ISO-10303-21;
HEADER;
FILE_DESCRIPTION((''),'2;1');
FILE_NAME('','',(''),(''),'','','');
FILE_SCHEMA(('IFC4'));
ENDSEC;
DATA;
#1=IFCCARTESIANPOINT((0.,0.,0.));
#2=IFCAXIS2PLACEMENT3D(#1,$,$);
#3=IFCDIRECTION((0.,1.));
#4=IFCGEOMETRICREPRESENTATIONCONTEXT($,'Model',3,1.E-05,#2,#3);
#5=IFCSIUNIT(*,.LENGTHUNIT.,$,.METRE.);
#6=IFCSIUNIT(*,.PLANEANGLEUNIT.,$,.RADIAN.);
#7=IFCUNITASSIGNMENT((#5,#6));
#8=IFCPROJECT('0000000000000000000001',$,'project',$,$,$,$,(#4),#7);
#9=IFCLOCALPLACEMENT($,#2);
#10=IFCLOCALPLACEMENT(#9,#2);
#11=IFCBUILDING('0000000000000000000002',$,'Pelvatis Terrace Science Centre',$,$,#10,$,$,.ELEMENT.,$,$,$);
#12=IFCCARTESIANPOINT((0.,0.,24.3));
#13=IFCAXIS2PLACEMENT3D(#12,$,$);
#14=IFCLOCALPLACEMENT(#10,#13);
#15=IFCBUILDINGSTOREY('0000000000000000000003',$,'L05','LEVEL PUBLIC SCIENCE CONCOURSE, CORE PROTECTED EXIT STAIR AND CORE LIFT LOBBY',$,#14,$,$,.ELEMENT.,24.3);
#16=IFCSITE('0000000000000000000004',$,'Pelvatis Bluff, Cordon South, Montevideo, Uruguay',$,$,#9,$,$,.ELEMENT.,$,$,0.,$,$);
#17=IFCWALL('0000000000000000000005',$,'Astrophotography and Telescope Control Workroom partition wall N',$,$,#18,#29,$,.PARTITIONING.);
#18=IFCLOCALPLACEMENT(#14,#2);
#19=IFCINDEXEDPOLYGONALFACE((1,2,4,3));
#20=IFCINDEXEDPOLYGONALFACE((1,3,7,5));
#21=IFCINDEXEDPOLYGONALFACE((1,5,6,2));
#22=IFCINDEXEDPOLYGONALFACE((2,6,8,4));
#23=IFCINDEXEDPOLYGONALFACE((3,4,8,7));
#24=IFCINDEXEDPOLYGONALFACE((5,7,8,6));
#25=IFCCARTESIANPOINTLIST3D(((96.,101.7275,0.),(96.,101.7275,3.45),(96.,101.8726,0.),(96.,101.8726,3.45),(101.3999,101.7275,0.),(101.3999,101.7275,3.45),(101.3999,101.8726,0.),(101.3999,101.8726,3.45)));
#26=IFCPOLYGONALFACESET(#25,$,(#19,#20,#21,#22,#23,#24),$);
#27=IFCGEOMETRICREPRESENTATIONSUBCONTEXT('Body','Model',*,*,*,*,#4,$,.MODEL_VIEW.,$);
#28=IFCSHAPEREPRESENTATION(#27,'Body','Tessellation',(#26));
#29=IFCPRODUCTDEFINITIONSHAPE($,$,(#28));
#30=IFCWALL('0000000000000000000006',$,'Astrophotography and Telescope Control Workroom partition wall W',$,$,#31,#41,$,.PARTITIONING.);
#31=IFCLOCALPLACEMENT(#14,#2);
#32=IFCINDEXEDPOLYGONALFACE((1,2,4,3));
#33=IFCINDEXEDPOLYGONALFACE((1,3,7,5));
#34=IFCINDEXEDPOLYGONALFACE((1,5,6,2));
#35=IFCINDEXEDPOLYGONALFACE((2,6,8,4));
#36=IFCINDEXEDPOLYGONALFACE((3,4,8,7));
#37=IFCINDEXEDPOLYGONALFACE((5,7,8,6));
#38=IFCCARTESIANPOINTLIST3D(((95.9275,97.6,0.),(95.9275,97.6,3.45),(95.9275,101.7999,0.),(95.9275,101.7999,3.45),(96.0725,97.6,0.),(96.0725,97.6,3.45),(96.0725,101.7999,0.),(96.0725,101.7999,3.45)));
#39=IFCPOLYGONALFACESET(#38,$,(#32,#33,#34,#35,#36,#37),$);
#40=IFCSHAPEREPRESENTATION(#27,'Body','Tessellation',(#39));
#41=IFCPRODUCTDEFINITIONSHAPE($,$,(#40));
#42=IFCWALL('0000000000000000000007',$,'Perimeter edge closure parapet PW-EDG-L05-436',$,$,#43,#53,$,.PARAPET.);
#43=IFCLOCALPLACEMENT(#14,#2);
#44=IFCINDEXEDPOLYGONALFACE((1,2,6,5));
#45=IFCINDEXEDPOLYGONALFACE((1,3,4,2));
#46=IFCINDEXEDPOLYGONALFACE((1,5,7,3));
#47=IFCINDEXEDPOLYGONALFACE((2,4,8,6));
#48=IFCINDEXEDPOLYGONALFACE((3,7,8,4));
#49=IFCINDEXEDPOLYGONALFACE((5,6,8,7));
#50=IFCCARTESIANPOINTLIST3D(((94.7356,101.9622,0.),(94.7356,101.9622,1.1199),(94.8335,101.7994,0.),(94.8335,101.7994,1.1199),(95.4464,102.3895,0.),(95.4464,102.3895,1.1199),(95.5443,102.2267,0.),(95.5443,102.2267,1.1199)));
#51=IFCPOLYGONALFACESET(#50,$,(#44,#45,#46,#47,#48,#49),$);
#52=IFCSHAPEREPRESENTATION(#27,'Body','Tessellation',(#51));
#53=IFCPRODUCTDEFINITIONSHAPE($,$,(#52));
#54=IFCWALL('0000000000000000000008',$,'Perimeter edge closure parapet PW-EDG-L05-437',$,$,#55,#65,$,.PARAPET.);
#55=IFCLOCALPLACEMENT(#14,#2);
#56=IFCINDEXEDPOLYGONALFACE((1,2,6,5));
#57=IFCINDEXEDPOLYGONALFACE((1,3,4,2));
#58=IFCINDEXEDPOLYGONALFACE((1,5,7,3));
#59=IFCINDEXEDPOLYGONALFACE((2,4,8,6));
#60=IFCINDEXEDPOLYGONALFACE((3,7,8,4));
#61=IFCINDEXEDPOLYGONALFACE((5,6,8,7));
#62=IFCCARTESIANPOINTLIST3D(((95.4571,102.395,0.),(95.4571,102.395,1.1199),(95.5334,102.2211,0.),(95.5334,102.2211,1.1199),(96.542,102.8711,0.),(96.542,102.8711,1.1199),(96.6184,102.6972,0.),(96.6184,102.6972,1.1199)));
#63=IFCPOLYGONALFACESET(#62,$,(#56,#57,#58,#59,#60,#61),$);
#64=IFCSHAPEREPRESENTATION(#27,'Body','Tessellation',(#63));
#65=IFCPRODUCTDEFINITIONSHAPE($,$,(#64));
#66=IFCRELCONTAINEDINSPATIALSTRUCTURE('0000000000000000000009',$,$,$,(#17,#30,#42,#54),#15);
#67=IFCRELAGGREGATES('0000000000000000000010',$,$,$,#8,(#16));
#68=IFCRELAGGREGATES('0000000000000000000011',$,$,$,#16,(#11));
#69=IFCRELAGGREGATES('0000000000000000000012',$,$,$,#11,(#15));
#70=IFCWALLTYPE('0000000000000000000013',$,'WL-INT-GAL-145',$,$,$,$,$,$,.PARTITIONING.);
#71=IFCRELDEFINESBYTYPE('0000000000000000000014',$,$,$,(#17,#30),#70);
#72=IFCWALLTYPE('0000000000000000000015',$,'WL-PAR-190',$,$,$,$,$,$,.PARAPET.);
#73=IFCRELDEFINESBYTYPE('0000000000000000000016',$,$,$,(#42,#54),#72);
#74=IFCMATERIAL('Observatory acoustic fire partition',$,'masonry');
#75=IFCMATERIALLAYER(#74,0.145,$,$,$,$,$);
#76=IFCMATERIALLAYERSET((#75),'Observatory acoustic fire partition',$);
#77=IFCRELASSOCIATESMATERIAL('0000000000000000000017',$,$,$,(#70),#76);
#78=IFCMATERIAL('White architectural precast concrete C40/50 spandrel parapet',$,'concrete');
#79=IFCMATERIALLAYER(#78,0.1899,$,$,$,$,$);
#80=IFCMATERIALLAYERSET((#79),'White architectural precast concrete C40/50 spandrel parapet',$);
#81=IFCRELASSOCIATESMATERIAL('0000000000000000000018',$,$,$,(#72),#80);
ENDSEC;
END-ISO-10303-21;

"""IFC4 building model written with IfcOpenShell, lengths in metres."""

from ifc_helpers import new_model, si_unit, direction, frame, frame_2d, origin, place, context, subcontext, project, spatial, rectangle, extrude, material, layer, layer_set, type_object, element, save


model = new_model("IFC4")

# Units and contexts
model_context = context("Model", 3, precision=1e-05, world=origin(), true_north=direction((0.0, 1.0)))
body_context = subcontext(model_context, "Body", "Model", "MODEL_VIEW")
ifc_project = project(units=[si_unit("LENGTHUNIT", "METRE"), si_unit("PLANEANGLEUNIT", "RADIAN")], contexts=[model_context])

# Site, building, storey
site_placement = place(None, origin())
site = spatial("IfcSite", under=ifc_project, at=site_placement, Name="Pelvatis Bluff, Cordon South, Montevideo, Uruguay", CompositionType="ELEMENT", RefElevation=0.0)
building_placement = place(site_placement, origin())
building = spatial("IfcBuilding", under=site, at=building_placement, Name="Pelvatis Terrace Science Centre", CompositionType="ELEMENT")
storey_placement = place(building_placement, frame((0.0, 0.0, 24.3)))
storey = spatial("IfcBuildingStorey", under=building, at=storey_placement, Name="L05", Description="LEVEL PUBLIC SCIENCE CONCOURSE, CORE PROTECTED EXIT STAIR AND CORE LIFT LOBBY", CompositionType="ELEMENT", Elevation=24.3)

# Shared definitions
ifc_material_1 = material(Name="Observatory acoustic fire partition", Category="masonry")
ifc_layer_1 = layer(ifc_material_1, 0.145)
ifc_layer_set_1 = layer_set([ifc_layer_1], Name="Observatory acoustic fire partition")
wall_type_1 = type_object("IfcWallType", Name="WL-INT-GAL-145", PredefinedType="PARTITIONING", material=ifc_layer_set_1)

# Walls
wall_1_placement = place(storey_placement, frame((101.3999, 101.8, 0.0), z_axis=(0.0, 0.0, 1.0), x_axis=(-1.0, 0.0, 0.0)))
element("IfcWall", 1, at=wall_1_placement, inside=storey, type_object=wall_type_1, Name="Astrophotography and Telescope Control Workroom partition wall N", PredefinedType="PARTITIONING", context=body_context, shape_type="SweptSolid", body=[
    extrude(rectangle(XDim=5.3999, YDim=0.145, at=frame_2d((2.7, 0.0))), origin(), (0.0, 0.0, 1.0), 3.45),
])
wall_2_placement = place(storey_placement, frame((96.0, 101.8, 0.0), z_axis=(0.0, 0.0, 1.0), x_axis=(0.0, -1.0, 0.0)))
element("IfcWall", 2, at=wall_2_placement, inside=storey, type_object=wall_type_1, Name="Astrophotography and Telescope Control Workroom partition wall W", PredefinedType="PARTITIONING", context=body_context, shape_type="SweptSolid", body=[
    extrude(rectangle(XDim=4.2, YDim=0.145, at=frame_2d((2.1001, 0.0))), origin(), (0.0, 0.0, 1.0), 3.45),
])
ifc_material_2 = material(Name="White architectural precast concrete C40/50 spandrel parapet", Category="concrete")
ifc_layer_2 = layer(ifc_material_2, 0.1899)
ifc_layer_set_2 = layer_set([ifc_layer_2], Name="White architectural precast concrete C40/50 spandrel parapet")
wall_type_2 = type_object("IfcWallType", Name="WL-PAR-190", PredefinedType="PARAPET", material=ifc_layer_set_2)
wall_3_placement = place(storey_placement, frame((94.7847, 101.8809, 0.0), z_axis=(0.0, 0.0, 1.0), x_axis=(0.857051, 0.515232, 0.0)))
element("IfcWall", 3, at=wall_3_placement, inside=storey, type_object=wall_type_2, Name="Perimeter edge closure parapet PW-EDG-L05-436", PredefinedType="PARAPET", context=body_context, shape_type="SweptSolid", body=[
    extrude(rectangle(XDim=0.8293, YDim=0.1899, at=frame_2d((0.4146, 0.0))), origin(), (0.0, 0.0, 1.0), 1.1199),
])
wall_4_placement = place(storey_placement, frame((95.4954, 102.3081, 0.0), z_axis=(0.0, 0.0, 1.0), x_axis=(0.915722, 0.401813, 0.0)))
element("IfcWall", 4, at=wall_4_placement, inside=storey, type_object=wall_type_2, Name="Perimeter edge closure parapet PW-EDG-L05-437", PredefinedType="PARAPET", context=body_context, shape_type="SweptSolid", body=[
    extrude(rectangle(XDim=1.1848, YDim=0.1899, at=frame_2d((0.5923, 0.0))), origin(), (0.0, 0.0, 1.0), 1.1199),
])

save(model, "model.ifc")
